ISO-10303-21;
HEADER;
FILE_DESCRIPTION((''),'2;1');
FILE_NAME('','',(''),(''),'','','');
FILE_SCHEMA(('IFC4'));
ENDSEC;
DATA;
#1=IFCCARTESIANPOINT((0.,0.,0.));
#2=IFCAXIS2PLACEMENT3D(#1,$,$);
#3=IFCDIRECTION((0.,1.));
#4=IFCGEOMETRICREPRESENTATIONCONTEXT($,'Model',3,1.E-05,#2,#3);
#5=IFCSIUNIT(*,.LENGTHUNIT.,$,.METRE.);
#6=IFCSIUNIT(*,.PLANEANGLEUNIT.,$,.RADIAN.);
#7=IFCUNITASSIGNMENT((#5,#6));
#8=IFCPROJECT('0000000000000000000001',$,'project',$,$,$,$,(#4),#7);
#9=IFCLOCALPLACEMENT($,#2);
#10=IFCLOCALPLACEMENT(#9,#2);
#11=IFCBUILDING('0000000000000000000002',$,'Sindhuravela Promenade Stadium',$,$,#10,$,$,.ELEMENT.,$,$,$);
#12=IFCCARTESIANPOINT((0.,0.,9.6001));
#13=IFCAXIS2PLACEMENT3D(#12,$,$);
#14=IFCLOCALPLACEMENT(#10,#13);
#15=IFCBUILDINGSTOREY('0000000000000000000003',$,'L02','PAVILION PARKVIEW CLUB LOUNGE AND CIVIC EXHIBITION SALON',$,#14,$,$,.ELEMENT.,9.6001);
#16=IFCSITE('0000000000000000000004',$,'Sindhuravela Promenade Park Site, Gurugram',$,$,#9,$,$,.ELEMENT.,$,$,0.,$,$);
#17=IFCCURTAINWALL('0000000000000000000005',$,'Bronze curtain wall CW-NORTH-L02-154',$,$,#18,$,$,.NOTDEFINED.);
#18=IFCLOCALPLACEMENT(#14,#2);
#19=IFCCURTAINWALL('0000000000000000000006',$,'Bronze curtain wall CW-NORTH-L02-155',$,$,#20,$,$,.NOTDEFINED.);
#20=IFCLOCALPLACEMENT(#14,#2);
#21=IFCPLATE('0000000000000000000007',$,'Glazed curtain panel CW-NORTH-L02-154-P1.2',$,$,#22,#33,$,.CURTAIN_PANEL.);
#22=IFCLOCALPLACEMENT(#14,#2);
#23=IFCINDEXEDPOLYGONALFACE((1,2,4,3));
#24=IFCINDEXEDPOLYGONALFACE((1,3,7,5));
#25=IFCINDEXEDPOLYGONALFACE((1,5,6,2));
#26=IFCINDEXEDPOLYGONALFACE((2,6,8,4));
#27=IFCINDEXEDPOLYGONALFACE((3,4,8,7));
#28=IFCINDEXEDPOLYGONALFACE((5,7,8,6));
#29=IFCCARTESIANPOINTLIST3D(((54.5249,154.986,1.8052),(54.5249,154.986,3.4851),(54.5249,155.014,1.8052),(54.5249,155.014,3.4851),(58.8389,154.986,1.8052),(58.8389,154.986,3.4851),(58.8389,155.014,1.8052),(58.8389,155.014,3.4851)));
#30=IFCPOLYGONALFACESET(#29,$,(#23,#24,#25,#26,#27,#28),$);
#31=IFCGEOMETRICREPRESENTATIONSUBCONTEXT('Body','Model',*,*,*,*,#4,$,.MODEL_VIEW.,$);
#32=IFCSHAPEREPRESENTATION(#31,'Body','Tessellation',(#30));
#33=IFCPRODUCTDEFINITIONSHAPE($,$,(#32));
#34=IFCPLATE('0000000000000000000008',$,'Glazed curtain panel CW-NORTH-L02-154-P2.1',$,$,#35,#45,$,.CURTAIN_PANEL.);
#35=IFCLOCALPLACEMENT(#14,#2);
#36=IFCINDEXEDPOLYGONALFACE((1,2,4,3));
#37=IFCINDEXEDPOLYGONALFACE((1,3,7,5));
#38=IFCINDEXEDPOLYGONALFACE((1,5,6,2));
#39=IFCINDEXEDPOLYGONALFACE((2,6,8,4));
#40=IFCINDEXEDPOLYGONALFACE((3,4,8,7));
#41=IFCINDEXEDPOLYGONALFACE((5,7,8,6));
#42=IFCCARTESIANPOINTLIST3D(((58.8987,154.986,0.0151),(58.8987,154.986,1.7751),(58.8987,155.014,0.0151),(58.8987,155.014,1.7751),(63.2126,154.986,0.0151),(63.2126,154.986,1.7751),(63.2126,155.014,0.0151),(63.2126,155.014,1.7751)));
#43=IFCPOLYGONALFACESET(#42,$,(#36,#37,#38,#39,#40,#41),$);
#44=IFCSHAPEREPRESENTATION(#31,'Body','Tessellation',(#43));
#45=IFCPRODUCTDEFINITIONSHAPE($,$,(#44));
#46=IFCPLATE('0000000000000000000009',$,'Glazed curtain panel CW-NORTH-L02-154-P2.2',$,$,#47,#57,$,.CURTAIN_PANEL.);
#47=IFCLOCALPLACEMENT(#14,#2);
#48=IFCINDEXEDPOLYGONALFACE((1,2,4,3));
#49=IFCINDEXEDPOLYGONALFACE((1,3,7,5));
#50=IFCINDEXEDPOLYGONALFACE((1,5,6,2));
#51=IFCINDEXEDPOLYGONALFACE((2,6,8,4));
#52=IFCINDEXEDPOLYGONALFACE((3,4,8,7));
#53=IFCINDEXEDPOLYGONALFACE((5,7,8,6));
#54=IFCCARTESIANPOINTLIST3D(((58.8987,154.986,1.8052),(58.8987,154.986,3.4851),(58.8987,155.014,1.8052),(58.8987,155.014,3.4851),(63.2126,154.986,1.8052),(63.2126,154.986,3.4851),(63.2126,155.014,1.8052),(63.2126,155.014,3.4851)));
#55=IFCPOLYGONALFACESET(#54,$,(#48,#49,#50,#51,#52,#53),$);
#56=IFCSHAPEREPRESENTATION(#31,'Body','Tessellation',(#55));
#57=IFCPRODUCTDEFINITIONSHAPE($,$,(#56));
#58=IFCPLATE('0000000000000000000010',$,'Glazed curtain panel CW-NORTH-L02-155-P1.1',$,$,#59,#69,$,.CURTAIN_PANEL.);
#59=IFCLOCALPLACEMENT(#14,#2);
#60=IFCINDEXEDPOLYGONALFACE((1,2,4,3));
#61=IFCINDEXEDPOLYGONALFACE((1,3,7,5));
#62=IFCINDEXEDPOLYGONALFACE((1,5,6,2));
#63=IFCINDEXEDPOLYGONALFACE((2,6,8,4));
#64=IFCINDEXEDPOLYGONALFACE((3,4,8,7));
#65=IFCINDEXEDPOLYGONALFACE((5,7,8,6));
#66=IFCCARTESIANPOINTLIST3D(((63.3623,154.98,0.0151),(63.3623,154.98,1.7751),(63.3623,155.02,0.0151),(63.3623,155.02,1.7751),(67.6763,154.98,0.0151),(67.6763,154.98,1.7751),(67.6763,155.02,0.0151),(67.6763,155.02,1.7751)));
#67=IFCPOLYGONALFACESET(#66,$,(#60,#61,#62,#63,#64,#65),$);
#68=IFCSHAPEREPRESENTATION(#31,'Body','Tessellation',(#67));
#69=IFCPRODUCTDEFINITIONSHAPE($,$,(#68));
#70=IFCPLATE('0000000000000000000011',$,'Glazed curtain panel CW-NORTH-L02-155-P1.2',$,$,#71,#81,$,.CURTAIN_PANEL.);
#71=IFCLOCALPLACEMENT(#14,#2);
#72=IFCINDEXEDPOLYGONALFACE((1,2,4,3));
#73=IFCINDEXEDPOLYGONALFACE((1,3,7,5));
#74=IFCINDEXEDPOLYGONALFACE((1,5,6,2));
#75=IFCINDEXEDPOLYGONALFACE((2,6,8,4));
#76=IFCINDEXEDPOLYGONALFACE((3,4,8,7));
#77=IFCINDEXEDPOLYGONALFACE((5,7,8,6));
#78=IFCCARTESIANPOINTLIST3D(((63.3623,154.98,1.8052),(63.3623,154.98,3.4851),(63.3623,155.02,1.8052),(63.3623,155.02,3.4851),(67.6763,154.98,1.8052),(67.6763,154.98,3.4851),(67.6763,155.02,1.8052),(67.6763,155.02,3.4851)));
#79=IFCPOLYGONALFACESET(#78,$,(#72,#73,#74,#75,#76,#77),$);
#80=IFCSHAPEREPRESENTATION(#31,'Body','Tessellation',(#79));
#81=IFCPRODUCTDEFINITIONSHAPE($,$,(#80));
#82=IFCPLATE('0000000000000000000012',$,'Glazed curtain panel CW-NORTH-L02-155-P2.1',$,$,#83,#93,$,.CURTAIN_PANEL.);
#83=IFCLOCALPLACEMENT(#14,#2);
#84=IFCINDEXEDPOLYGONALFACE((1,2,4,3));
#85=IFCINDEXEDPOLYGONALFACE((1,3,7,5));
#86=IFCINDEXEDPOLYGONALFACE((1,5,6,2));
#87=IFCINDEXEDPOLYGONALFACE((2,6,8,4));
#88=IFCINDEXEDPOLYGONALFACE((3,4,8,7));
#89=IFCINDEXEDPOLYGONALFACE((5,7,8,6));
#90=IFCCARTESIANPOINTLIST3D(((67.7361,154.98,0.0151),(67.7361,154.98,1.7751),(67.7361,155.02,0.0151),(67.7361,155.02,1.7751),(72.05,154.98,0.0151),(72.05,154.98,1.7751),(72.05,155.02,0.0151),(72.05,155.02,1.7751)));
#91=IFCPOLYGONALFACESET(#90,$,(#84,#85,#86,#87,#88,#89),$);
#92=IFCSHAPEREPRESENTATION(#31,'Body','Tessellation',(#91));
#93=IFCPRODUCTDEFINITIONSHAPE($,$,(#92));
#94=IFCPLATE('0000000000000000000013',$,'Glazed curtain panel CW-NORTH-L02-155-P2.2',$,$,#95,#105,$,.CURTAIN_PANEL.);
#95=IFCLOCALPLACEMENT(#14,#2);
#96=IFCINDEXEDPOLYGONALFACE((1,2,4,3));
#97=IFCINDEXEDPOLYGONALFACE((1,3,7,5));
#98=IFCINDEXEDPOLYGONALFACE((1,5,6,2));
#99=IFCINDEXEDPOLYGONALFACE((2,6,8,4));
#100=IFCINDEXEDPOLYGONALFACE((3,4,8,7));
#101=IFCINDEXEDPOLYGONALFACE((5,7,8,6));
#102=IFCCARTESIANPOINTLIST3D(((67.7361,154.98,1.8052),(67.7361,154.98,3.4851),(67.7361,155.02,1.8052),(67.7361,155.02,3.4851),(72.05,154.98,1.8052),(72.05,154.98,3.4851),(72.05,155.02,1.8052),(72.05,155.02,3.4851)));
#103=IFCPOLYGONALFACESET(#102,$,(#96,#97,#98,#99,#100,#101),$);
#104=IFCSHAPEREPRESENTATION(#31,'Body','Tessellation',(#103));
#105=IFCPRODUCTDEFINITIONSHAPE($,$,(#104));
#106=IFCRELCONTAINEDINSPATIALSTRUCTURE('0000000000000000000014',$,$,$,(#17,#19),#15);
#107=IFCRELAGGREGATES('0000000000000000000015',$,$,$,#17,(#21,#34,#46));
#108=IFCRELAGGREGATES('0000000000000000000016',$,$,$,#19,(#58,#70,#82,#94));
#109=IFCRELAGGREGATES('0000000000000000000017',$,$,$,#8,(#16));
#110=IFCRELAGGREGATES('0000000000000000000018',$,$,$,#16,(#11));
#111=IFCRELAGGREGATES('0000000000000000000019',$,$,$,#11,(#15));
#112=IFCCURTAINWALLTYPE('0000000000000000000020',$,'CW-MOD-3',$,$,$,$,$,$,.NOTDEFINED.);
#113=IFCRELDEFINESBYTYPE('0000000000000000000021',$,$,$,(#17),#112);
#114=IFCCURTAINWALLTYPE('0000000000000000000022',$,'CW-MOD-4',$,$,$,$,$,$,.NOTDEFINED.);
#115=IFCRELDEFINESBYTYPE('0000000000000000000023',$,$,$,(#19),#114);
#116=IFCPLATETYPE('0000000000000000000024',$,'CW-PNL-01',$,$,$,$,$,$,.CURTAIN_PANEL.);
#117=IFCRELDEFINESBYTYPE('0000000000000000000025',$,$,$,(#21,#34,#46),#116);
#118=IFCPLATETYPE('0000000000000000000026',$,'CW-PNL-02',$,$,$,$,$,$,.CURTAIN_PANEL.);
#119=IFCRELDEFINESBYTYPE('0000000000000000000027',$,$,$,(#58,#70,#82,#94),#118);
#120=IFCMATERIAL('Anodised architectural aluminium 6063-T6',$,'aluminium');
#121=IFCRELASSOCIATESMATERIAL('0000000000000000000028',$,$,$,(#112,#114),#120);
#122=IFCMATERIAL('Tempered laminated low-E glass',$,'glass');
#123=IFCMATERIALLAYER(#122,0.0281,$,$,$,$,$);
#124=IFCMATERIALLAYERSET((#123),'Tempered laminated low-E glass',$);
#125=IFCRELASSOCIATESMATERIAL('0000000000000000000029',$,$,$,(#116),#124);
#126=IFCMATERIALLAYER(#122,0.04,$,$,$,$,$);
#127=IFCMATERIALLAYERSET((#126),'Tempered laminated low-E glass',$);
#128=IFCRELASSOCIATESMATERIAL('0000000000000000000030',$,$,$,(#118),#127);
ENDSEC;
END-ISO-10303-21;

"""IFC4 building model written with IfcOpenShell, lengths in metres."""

from ifc_helpers import new_model, si_unit, direction, frame, origin, origin_2d, place, context, subcontext, project, spatial, rectangle, extrude, material, layer, layer_set, type_object, element, aggregate, save


model = new_model("IFC4")

# Units and contexts
model_context = context("Model", 3, precision=1e-05, world=origin(), true_north=direction((0.0, 1.0)))
body_context = subcontext(model_context, "Body", "Model", "MODEL_VIEW")
ifc_project = project(units=[si_unit("LENGTHUNIT", "METRE"), si_unit("PLANEANGLEUNIT", "RADIAN")], contexts=[model_context])

# Site, building, storey
site_placement = place(None, origin())
site = spatial("IfcSite", under=ifc_project, at=site_placement, Name="Sindhuravela Promenade Park Site, Gurugram", CompositionType="ELEMENT", RefElevation=0.0)
building_placement = place(site_placement, origin())
building = spatial("IfcBuilding", under=site, at=building_placement, Name="Sindhuravela Promenade Stadium", CompositionType="ELEMENT")
storey_placement = place(building_placement, frame((0.0, 0.0, 9.6001)))
storey = spatial("IfcBuildingStorey", under=building, at=storey_placement, Name="L02", Description="PAVILION PARKVIEW CLUB LOUNGE AND CIVIC EXHIBITION SALON", CompositionType="ELEMENT", Elevation=9.6001)

# Curtain walls
ifc_material_1 = material(Name="Anodised architectural aluminium 6063-T6", Category="aluminium")
curtain_wall_type_1 = type_object("IfcCurtainWallType", Name="CW-MOD-3", PredefinedType="NOTDEFINED", material=ifc_material_1)
curtain_wall_1_placement = place(storey_placement, origin())
curtain_wall_1 = element("IfcCurtainWall", 1, at=curtain_wall_1_placement, inside=storey, type_object=curtain_wall_type_1, Name="Bronze curtain wall CW-NORTH-L02-154", PredefinedType="NOTDEFINED")
curtain_wall_type_2 = type_object("IfcCurtainWallType", Name="CW-MOD-4", PredefinedType="NOTDEFINED", material=ifc_material_1)
curtain_wall_2_placement = place(storey_placement, origin())
curtain_wall_2 = element("IfcCurtainWall", 2, at=curtain_wall_2_placement, inside=storey, type_object=curtain_wall_type_2, Name="Bronze curtain wall CW-NORTH-L02-155", PredefinedType="NOTDEFINED")

# Plates
ifc_material_2 = material(Name="Tempered laminated low-E glass", Category="glass")
ifc_layer_1 = layer(ifc_material_2, 0.0281)
ifc_layer_set_1 = layer_set([ifc_layer_1], Name="Tempered laminated low-E glass")
plate_type_1 = type_object("IfcPlateType", Name="CW-PNL-01", PredefinedType="CURTAIN_PANEL", material=ifc_layer_set_1)
plate_1_placement = place(storey_placement, frame((56.6819, 155.0, 1.8052), z_axis=(0.0, 0.0, 1.0), x_axis=(1.0, 0.0, 0.0)))
plate_1 = element("IfcPlate", 3, at=plate_1_placement, type_object=plate_type_1, Name="Glazed curtain panel CW-NORTH-L02-154-P1.2", PredefinedType="CURTAIN_PANEL", context=body_context, shape_type="SweptSolid", body=[
    extrude(rectangle(XDim=4.314, YDim=0.0281, at=origin_2d()), origin(), (0.0, 0.0, 1.0), 1.6799),
])
plate_2_placement = place(storey_placement, frame((61.0557, 155.0, 0.0151), z_axis=(0.0, 0.0, 1.0), x_axis=(1.0, 0.0, 0.0)))
plate_2 = element("IfcPlate", 4, at=plate_2_placement, type_object=plate_type_1, Name="Glazed curtain panel CW-NORTH-L02-154-P2.1", PredefinedType="CURTAIN_PANEL", context=body_context, shape_type="SweptSolid", body=[
    extrude(rectangle(XDim=4.314, YDim=0.0281, at=origin_2d()), origin(), (0.0, 0.0, 1.0), 1.76),
])
plate_3_placement = place(storey_placement, frame((61.0557, 155.0, 1.8052), z_axis=(0.0, 0.0, 1.0), x_axis=(1.0, 0.0, 0.0)))
plate_3 = element("IfcPlate", 5, at=plate_3_placement, type_object=plate_type_1, Name="Glazed curtain panel CW-NORTH-L02-154-P2.2", PredefinedType="CURTAIN_PANEL", context=body_context, shape_type="SweptSolid", body=[
    extrude(rectangle(XDim=4.314, YDim=0.0281, at=origin_2d()), origin(), (0.0, 0.0, 1.0), 1.6799),
])
aggregate(curtain_wall_1, [plate_1, plate_2, plate_3])
ifc_layer_2 = layer(ifc_material_2, 0.04)
ifc_layer_set_2 = layer_set([ifc_layer_2], Name="Tempered laminated low-E glass")
plate_type_2 = type_object("IfcPlateType", Name="CW-PNL-02", PredefinedType="CURTAIN_PANEL", material=ifc_layer_set_2)
plate_4_placement = place(storey_placement, frame((65.5193, 155.0, 0.0151), z_axis=(0.0, 0.0, 1.0), x_axis=(1.0, 0.0, 0.0)))
plate_4 = element("IfcPlate", 6, at=plate_4_placement, type_object=plate_type_2, Name="Glazed curtain panel CW-NORTH-L02-155-P1.1", PredefinedType="CURTAIN_PANEL", context=body_context, shape_type="SweptSolid", body=[
    extrude(rectangle(XDim=4.314, YDim=0.04, at=origin_2d()), origin(), (0.0, 0.0, 1.0), 1.76),
])
plate_5_placement = place(storey_placement, frame((65.5193, 155.0, 1.8052), z_axis=(0.0, 0.0, 1.0), x_axis=(1.0, 0.0, 0.0)))
plate_5 = element("IfcPlate", 7, at=plate_5_placement, type_object=plate_type_2, Name="Glazed curtain panel CW-NORTH-L02-155-P1.2", PredefinedType="CURTAIN_PANEL", context=body_context, shape_type="SweptSolid", body=[
    extrude(rectangle(XDim=4.314, YDim=0.04, at=origin_2d()), origin(), (0.0, 0.0, 1.0), 1.6799),
])
plate_6_placement = place(storey_placement, frame((69.8931, 155.0, 0.0151), z_axis=(0.0, 0.0, 1.0), x_axis=(1.0, 0.0, 0.0)))
plate_6 = element("IfcPlate", 8, at=plate_6_placement, type_object=plate_type_2, Name="Glazed curtain panel CW-NORTH-L02-155-P2.1", PredefinedType="CURTAIN_PANEL", context=body_context, shape_type="SweptSolid", body=[
    extrude(rectangle(XDim=4.314, YDim=0.04, at=origin_2d()), origin(), (0.0, 0.0, 1.0), 1.76),
])
plate_7_placement = place(storey_placement, frame((69.8931, 155.0, 1.8052), z_axis=(0.0, 0.0, 1.0), x_axis=(1.0, 0.0, 0.0)))
plate_7 = element("IfcPlate", 9, at=plate_7_placement, type_object=plate_type_2, Name="Glazed curtain panel CW-NORTH-L02-155-P2.2", PredefinedType="CURTAIN_PANEL", context=body_context, shape_type="SweptSolid", body=[
    extrude(rectangle(XDim=4.314, YDim=0.04, at=origin_2d()), origin(), (0.0, 0.0, 1.0), 1.6799),
])
aggregate(curtain_wall_2, [plate_4, plate_5, plate_6, plate_7])

save(model, "model.ifc")
